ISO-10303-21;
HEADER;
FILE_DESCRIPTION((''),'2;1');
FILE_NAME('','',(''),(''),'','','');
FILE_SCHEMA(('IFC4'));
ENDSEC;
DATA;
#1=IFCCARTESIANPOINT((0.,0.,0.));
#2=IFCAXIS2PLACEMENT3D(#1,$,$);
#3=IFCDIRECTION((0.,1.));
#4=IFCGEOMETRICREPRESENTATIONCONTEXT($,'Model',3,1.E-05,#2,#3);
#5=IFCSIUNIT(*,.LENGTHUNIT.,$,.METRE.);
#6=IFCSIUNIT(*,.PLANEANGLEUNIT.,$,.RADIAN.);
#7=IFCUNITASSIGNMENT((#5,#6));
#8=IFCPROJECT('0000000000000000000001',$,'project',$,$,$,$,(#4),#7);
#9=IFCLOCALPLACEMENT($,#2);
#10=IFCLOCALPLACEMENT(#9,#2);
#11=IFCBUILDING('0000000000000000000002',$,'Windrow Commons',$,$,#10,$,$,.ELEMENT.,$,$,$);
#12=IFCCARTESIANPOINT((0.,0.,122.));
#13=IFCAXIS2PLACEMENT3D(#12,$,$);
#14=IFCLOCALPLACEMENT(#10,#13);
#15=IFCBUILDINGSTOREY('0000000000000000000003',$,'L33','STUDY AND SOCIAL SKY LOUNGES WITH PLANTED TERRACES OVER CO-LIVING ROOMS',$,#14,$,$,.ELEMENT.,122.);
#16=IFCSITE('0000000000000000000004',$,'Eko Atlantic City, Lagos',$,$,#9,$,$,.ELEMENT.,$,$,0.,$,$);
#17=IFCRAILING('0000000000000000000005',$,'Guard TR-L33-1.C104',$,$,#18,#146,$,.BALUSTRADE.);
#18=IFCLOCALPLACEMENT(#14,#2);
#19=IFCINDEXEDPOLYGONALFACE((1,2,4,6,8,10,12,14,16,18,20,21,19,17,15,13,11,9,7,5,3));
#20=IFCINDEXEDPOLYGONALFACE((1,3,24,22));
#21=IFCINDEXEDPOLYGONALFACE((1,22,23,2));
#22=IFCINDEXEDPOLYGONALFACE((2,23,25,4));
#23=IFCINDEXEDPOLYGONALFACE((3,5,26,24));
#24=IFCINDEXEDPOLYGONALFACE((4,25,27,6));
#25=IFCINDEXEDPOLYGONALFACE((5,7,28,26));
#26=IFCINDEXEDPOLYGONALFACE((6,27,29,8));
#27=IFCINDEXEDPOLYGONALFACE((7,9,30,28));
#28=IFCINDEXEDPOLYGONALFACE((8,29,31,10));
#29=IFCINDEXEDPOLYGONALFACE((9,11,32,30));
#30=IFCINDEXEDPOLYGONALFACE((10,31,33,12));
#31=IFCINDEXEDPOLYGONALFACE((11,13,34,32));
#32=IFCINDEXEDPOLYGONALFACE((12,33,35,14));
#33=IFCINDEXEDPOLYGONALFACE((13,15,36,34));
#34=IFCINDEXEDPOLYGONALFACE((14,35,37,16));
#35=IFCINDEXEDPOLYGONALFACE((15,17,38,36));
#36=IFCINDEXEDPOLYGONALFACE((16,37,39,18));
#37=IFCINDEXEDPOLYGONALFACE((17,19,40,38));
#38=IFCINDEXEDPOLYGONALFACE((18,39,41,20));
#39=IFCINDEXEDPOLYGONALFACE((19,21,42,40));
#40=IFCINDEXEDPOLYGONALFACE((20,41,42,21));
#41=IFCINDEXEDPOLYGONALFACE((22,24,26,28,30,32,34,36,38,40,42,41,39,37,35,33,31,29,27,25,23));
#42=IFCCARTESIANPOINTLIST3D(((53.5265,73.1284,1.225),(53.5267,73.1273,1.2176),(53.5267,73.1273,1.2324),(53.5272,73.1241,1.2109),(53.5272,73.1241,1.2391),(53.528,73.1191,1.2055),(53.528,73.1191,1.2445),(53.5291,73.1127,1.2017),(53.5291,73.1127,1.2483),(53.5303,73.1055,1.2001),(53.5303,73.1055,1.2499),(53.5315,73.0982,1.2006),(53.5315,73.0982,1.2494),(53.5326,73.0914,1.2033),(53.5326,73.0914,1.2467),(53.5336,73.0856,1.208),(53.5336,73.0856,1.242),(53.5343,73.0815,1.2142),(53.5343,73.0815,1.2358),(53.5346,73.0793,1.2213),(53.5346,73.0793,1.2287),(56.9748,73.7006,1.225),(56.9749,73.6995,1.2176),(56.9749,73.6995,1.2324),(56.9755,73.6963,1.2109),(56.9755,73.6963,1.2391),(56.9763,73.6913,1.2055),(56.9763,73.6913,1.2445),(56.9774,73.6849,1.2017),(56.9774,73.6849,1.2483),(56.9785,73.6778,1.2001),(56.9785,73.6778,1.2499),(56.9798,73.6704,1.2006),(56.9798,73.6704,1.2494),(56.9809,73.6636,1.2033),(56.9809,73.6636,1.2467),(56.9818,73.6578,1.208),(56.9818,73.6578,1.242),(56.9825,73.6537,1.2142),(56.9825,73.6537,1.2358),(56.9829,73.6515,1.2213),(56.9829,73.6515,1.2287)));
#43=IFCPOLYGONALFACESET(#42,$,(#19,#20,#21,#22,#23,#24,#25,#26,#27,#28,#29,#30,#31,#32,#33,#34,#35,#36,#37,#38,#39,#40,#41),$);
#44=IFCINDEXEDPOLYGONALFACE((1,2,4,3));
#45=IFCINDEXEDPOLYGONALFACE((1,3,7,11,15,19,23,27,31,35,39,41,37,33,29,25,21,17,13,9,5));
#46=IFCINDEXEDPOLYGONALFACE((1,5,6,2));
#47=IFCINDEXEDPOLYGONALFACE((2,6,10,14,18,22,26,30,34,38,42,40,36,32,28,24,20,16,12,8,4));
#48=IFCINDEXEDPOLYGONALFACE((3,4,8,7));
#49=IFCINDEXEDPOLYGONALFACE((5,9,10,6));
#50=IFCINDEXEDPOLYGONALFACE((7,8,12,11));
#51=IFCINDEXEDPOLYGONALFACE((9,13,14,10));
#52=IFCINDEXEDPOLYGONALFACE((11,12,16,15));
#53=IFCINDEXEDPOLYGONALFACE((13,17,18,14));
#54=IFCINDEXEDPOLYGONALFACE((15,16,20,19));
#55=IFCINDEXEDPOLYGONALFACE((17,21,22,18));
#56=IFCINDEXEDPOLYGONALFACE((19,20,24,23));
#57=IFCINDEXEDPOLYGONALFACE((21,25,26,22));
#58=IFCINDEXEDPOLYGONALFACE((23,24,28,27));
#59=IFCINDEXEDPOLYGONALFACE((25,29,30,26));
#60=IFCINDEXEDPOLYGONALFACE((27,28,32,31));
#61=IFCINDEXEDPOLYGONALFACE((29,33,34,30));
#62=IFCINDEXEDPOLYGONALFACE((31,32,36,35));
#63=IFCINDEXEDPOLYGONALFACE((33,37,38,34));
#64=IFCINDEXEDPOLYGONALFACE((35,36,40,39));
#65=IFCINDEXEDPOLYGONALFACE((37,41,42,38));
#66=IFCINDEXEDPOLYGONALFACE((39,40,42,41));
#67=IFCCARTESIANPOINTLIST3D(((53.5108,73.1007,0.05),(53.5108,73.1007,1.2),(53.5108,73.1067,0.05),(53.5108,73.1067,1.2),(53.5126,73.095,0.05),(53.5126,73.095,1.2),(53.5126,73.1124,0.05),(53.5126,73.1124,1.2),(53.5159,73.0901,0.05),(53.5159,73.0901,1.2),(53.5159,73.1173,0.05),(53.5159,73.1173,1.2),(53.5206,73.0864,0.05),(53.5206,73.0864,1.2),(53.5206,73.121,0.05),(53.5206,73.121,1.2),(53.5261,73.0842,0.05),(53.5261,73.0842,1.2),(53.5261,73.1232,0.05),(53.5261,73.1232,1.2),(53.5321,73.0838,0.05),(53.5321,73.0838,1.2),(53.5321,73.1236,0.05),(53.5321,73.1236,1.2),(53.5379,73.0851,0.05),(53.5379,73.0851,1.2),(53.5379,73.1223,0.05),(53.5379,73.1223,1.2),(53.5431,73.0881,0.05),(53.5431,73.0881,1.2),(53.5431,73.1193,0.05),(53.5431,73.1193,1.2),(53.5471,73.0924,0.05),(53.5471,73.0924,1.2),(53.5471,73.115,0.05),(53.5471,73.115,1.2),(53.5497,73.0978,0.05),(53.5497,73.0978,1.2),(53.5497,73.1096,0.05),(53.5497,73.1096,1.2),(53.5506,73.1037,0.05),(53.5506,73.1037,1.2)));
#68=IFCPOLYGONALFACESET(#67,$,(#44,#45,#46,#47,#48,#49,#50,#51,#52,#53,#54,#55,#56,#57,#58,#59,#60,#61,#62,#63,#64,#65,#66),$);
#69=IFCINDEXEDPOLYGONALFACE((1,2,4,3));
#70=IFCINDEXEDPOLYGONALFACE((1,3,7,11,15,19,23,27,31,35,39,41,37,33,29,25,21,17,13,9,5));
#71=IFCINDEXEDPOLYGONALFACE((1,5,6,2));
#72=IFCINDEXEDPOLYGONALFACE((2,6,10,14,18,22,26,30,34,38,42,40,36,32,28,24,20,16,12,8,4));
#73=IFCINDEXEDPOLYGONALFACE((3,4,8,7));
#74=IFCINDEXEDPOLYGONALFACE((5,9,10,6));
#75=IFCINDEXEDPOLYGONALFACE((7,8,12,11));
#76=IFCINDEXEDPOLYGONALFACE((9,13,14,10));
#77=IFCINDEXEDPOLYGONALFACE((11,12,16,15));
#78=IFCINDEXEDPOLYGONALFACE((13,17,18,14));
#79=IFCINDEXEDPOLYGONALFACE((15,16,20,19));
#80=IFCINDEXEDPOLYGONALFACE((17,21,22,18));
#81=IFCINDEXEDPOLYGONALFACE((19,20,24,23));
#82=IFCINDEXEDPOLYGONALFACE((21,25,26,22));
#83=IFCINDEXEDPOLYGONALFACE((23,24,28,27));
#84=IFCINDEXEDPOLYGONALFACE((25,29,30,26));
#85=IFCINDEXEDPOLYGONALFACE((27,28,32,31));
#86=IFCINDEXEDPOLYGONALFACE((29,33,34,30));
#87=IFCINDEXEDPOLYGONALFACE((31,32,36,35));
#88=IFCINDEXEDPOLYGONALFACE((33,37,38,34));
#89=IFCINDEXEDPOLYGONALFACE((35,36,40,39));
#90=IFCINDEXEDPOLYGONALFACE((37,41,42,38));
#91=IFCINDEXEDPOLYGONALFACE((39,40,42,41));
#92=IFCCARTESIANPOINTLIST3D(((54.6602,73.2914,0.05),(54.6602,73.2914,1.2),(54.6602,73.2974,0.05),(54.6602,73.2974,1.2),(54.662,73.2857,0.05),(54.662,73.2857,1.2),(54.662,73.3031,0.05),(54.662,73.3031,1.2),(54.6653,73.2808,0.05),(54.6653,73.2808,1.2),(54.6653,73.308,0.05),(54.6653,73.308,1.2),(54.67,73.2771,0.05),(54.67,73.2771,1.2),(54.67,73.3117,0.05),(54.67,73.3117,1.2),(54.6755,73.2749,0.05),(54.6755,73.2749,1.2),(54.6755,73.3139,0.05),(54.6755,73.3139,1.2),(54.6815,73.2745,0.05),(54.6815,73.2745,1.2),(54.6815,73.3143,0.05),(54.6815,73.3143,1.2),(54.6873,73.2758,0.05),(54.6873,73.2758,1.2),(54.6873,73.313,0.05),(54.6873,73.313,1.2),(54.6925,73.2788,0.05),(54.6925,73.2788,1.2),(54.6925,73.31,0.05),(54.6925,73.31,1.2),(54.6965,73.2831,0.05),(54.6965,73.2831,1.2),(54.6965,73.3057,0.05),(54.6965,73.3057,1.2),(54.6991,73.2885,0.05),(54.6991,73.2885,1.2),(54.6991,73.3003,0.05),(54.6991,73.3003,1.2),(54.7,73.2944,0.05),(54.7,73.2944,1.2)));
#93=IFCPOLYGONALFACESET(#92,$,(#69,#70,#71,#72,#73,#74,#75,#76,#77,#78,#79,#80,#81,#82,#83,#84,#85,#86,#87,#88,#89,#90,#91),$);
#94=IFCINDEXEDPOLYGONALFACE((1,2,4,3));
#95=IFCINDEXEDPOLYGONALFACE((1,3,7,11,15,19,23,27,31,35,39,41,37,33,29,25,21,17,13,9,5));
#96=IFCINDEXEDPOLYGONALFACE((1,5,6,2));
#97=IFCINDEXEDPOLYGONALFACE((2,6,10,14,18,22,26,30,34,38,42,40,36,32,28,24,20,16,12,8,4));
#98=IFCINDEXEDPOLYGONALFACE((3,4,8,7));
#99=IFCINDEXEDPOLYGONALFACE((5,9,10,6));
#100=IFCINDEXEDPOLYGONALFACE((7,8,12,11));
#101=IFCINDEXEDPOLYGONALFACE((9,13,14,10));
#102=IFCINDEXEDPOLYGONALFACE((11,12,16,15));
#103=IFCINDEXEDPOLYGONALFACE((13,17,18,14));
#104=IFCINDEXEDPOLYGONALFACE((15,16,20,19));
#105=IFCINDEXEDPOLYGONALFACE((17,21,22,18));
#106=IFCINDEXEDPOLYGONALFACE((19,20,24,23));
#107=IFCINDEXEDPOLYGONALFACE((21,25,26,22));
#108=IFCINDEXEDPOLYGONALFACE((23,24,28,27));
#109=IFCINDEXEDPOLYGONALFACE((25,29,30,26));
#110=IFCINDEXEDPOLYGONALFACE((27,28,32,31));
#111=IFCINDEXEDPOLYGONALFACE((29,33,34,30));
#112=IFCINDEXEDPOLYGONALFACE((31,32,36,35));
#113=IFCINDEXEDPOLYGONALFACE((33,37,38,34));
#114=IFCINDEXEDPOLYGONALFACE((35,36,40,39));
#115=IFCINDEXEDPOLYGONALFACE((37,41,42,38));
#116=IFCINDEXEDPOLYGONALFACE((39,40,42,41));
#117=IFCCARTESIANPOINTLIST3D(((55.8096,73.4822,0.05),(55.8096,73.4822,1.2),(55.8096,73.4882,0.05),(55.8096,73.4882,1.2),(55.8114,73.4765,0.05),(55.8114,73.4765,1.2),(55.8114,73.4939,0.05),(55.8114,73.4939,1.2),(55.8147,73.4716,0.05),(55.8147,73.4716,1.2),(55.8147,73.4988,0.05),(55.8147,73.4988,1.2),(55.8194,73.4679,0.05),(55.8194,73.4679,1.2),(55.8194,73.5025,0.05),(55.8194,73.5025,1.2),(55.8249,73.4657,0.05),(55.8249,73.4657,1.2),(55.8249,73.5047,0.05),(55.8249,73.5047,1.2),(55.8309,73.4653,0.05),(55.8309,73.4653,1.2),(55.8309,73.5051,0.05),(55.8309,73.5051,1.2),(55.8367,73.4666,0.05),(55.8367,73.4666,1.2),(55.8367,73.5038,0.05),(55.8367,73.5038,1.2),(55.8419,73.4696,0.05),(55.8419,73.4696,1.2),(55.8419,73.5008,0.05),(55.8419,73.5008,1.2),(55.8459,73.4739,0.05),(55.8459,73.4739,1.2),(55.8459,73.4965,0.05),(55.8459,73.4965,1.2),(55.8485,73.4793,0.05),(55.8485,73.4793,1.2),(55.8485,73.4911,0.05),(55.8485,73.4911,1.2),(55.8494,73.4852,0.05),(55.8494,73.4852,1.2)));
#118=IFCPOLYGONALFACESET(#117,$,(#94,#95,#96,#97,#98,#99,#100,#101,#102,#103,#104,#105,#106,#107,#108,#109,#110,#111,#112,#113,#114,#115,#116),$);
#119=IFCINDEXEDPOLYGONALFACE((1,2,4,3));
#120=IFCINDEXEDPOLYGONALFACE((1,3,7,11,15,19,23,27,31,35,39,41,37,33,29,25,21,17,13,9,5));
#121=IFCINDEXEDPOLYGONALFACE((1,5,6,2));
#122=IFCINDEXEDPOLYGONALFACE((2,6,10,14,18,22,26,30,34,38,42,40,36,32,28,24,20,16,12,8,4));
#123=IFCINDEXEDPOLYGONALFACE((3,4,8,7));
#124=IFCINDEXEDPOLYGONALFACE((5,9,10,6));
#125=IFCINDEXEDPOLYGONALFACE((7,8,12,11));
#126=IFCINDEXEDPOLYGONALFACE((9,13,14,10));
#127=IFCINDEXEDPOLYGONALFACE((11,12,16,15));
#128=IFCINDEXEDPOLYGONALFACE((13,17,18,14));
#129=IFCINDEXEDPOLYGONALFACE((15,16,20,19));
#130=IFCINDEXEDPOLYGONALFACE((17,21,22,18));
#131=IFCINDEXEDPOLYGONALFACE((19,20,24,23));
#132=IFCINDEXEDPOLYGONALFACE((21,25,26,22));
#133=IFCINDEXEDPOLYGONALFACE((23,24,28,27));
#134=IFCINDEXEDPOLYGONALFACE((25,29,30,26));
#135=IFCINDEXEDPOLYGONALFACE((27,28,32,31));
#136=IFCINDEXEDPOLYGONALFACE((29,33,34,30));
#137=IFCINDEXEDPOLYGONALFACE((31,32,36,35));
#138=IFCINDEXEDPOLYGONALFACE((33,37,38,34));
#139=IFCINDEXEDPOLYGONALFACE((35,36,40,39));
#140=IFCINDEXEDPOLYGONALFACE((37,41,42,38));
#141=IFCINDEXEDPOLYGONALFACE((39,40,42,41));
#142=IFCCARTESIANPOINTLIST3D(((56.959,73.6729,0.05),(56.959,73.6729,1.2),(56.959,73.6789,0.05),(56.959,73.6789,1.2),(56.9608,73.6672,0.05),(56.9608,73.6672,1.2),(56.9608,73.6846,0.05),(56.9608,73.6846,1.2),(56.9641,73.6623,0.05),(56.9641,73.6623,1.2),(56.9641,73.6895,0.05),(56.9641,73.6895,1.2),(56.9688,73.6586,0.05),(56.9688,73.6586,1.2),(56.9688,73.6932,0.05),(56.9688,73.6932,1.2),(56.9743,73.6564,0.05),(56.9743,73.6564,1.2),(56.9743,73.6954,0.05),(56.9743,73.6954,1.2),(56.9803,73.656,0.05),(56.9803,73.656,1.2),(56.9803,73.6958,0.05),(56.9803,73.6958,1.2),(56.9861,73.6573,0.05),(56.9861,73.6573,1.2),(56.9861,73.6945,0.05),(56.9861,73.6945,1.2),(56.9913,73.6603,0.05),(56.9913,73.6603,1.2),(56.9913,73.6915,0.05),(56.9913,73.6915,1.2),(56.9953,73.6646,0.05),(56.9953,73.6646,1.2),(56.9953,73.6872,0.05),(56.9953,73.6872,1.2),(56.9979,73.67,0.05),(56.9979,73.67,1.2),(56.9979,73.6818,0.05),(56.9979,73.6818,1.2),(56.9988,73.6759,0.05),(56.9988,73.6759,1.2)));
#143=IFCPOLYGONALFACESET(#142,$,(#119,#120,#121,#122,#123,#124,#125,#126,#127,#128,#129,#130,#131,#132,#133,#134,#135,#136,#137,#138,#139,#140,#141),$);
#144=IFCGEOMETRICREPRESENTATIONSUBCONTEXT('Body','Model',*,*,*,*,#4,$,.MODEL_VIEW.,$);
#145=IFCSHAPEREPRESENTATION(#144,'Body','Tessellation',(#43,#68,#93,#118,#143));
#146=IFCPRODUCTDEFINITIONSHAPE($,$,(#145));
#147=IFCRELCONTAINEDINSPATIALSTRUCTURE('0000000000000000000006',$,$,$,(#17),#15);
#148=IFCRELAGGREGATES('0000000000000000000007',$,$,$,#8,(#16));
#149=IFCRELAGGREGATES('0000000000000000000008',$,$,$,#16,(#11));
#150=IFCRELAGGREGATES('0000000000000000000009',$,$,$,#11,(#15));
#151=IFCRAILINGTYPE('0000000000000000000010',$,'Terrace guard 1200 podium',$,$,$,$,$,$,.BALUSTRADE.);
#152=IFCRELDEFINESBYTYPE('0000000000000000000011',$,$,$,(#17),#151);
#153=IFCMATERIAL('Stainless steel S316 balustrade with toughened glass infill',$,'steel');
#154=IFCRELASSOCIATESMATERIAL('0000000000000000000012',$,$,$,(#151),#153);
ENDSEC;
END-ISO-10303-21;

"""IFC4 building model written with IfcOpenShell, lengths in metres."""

from ifc_helpers import new_model, si_unit, direction, frame, origin, origin_2d, place, context, subcontext, project, spatial, circle, extrude, material, type_object, element, save


model = new_model("IFC4")

# Units and contexts
model_context = context("Model", 3, precision=1e-05, world=origin(), true_north=direction((0.0, 1.0)))
body_context = subcontext(model_context, "Body", "Model", "MODEL_VIEW")
ifc_project = project(units=[si_unit("LENGTHUNIT", "METRE"), si_unit("PLANEANGLEUNIT", "RADIAN")], contexts=[model_context])

# Site, building, storey
site_placement = place(None, origin())
site = spatial("IfcSite", under=ifc_project, at=site_placement, Name="Eko Atlantic City, Lagos", CompositionType="ELEMENT", RefElevation=0.0)
building_placement = place(site_placement, origin())
building = spatial("IfcBuilding", under=site, at=building_placement, Name="Windrow Commons", CompositionType="ELEMENT")
storey_placement = place(building_placement, frame((0.0, 0.0, 122.0)))
storey = spatial("IfcBuildingStorey", under=building, at=storey_placement, Name="L33", Description="STUDY AND SOCIAL SKY LOUNGES WITH PLANTED TERRACES OVER CO-LIVING ROOMS", CompositionType="ELEMENT", Elevation=122.0)

# Railing
ifc_material_1 = material(Name="Stainless steel S316 balustrade with toughened glass infill", Category="steel")
railing_type_1 = type_object("IfcRailingType", Name="Terrace guard 1200 podium", PredefinedType="BALUSTRADE", material=ifc_material_1)
railing_1_placement = place(storey_placement, frame((53.5306, 73.1037, 0.05)))
element("IfcRailing", 1, at=railing_1_placement, inside=storey, type_object=railing_type_1, Name="Guard TR-L33-1.C104", PredefinedType="BALUSTRADE", context=body_context, shape_type="SweptSolid", body=[
    extrude(circle(Radius=0.025, at=origin_2d()), frame((0.0, 0.0, 1.175), z_axis=(0.98651, 0.163703, 0.0), x_axis=(-0.163703, 0.98651, 0.0)), (0.0, 0.0, 1.0), 3.4954),
    extrude(circle(Radius=0.02, at=origin_2d()), origin(), (0.0, 0.0, 1.0), 1.15),
    extrude(circle(Radius=0.02, at=origin_2d()), frame((1.1494, 0.1907, 0.0)), (0.0, 0.0, 1.0), 1.15),
    extrude(circle(Radius=0.02, at=origin_2d()), frame((2.2988, 0.3815, 0.0)), (0.0, 0.0, 1.0), 1.15),
    extrude(circle(Radius=0.02, at=origin_2d()), frame((3.4482, 0.5722, 0.0)), (0.0, 0.0, 1.0), 1.15),
])

save(model, "model.ifc")
